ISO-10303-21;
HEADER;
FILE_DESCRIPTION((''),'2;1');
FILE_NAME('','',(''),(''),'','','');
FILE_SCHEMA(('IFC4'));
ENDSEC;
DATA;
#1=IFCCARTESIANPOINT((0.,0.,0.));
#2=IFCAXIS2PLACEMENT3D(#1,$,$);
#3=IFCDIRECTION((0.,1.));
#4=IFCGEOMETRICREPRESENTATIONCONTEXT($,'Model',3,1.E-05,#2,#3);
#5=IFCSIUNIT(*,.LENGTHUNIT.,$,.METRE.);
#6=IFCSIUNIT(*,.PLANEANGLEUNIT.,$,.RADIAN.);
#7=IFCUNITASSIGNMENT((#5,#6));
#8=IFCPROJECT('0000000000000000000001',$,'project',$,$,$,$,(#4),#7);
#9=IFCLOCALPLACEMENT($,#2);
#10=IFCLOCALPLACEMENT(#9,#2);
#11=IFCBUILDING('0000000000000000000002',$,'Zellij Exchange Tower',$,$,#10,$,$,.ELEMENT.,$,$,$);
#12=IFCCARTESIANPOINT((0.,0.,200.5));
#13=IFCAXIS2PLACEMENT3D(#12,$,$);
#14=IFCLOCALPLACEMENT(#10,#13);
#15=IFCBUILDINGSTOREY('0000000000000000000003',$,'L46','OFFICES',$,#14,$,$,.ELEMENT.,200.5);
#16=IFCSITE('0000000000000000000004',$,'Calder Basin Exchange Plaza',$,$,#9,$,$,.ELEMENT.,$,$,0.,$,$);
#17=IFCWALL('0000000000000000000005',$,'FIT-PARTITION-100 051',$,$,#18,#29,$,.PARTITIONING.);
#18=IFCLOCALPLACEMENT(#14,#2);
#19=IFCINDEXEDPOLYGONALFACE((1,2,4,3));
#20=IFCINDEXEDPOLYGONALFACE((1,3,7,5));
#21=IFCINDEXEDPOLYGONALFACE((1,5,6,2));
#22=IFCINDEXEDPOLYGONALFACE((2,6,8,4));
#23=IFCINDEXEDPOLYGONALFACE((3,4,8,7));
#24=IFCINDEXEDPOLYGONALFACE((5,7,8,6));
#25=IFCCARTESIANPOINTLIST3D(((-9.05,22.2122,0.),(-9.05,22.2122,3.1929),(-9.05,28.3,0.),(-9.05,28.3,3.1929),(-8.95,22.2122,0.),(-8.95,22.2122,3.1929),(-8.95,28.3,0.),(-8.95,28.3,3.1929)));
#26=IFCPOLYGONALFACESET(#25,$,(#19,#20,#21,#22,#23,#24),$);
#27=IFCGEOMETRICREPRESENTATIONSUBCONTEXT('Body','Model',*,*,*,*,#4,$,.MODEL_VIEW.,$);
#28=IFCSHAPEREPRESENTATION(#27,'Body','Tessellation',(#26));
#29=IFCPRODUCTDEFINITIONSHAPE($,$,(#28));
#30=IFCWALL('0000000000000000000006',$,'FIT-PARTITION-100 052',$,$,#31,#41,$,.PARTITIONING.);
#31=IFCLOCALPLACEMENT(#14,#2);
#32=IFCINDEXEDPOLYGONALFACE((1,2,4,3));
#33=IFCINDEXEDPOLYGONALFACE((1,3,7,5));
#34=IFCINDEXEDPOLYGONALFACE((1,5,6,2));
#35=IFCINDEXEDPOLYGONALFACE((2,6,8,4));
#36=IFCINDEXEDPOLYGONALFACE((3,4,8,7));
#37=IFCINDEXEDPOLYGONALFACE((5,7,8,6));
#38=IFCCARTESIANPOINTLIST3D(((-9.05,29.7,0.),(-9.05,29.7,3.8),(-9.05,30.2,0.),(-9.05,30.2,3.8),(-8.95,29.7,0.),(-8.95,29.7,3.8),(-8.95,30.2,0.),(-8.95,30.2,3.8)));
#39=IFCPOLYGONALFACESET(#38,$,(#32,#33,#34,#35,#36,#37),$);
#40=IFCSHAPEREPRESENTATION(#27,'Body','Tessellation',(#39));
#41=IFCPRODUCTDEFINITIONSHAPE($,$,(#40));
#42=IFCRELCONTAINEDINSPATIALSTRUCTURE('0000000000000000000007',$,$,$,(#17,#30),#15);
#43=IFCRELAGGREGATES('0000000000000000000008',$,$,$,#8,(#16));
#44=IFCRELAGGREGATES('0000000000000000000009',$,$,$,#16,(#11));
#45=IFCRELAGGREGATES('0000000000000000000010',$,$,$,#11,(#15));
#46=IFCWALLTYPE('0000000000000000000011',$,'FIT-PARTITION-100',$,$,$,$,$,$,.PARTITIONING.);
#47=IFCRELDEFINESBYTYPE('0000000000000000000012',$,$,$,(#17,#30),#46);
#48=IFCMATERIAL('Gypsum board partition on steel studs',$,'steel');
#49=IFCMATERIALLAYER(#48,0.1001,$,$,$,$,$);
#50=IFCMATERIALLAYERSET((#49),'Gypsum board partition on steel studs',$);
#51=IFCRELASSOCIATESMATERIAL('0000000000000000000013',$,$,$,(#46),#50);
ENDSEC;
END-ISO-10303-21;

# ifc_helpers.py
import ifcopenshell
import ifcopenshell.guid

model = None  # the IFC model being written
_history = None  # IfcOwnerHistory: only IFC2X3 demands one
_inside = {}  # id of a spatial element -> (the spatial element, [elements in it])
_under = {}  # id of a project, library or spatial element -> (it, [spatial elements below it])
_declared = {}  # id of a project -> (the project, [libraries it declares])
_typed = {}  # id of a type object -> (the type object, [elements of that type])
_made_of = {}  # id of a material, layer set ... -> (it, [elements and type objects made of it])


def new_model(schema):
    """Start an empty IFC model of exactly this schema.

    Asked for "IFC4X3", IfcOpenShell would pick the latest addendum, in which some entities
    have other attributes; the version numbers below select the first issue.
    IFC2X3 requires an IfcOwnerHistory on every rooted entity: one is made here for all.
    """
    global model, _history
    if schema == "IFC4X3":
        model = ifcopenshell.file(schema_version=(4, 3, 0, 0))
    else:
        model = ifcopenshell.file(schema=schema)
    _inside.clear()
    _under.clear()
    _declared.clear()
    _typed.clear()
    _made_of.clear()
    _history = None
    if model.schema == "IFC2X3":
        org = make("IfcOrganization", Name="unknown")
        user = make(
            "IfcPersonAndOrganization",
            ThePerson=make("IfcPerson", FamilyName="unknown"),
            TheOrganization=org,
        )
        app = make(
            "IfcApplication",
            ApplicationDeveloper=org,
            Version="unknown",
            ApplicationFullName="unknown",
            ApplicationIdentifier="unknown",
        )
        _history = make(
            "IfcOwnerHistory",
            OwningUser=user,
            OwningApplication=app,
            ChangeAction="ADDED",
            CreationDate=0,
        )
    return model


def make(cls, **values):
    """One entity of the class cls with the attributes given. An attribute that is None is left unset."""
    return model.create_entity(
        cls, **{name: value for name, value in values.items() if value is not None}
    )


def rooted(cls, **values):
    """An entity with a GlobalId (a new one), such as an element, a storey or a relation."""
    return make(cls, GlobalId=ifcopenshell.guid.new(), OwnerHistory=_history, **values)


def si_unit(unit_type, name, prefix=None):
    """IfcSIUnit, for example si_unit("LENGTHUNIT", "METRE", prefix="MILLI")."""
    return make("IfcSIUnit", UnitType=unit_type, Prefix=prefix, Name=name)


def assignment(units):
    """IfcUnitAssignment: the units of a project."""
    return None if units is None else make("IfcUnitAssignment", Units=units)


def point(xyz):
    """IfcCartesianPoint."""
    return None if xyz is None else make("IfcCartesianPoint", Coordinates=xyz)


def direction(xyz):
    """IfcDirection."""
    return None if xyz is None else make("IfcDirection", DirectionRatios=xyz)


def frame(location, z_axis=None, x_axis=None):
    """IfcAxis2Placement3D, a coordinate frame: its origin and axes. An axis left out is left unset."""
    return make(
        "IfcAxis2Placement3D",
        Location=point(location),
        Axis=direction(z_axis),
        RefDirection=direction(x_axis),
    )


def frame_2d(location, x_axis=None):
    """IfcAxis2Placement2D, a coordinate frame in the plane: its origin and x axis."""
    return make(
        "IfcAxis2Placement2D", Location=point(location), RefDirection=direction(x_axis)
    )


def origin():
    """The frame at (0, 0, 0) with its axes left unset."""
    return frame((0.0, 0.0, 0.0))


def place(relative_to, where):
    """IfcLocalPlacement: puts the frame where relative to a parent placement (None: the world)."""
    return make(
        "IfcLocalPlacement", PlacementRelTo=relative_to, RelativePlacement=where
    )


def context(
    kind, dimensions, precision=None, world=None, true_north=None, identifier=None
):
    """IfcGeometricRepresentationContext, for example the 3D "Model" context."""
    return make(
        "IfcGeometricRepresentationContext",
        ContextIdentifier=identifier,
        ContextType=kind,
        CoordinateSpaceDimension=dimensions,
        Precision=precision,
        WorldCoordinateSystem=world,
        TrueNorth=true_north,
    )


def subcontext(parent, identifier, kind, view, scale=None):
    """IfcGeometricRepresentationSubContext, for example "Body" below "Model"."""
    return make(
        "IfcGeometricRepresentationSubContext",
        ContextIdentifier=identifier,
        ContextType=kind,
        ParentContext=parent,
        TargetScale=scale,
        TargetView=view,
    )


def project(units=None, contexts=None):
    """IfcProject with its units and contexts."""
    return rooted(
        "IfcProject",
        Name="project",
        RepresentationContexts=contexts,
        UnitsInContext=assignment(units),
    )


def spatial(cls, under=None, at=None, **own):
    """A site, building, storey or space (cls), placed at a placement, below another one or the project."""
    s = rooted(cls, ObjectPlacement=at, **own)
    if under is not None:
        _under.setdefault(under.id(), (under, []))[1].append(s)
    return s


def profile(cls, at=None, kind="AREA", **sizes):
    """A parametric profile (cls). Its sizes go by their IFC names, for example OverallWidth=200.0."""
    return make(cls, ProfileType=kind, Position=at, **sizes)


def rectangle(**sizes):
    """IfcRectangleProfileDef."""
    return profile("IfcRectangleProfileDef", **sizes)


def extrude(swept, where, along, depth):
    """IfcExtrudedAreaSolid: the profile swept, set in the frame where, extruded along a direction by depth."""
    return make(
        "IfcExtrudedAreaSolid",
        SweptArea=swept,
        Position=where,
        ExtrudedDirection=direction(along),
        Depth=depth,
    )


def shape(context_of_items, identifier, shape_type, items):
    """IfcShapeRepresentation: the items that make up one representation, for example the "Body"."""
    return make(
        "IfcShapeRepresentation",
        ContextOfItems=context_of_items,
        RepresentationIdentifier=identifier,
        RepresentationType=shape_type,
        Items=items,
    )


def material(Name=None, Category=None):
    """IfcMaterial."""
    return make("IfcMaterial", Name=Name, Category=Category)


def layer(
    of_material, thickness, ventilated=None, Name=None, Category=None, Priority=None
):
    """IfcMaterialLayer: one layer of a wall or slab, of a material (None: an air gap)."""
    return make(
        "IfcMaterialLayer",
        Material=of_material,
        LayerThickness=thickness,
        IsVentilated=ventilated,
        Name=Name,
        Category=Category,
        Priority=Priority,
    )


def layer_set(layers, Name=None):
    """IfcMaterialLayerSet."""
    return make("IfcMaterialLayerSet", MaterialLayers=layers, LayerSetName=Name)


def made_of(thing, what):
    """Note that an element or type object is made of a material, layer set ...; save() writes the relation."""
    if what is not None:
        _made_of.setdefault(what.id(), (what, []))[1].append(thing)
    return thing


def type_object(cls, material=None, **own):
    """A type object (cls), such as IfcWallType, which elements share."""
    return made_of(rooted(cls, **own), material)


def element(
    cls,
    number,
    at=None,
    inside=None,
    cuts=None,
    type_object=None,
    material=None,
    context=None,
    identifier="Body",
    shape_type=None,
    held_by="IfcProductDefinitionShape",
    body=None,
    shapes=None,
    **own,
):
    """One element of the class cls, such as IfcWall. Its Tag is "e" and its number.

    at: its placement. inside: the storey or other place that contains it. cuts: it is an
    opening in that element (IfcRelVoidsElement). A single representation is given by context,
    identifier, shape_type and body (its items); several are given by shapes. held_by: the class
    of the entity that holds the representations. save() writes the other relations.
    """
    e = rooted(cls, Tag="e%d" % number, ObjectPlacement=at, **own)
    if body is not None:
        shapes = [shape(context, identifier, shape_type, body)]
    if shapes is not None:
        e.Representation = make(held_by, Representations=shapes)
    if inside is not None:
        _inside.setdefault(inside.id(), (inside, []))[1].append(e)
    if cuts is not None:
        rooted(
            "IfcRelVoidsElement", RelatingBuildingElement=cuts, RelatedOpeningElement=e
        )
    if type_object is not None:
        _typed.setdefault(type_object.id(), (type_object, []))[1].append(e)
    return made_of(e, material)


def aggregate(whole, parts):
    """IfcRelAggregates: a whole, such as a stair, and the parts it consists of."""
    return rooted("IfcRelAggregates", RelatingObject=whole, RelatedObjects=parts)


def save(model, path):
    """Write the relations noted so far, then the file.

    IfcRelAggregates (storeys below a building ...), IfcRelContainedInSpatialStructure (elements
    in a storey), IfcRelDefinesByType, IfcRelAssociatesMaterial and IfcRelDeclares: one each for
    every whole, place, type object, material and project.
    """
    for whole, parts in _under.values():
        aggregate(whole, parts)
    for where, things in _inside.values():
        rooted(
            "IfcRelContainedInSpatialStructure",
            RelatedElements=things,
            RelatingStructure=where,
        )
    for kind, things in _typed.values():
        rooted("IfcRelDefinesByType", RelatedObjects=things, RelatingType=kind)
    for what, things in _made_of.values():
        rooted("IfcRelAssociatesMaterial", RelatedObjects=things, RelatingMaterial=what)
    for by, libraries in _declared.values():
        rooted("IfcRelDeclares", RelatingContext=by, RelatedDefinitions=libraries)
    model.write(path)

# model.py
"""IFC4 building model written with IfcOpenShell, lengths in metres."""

from ifc_helpers import new_model, si_unit, direction, frame, frame_2d, origin, place, context, subcontext, project, spatial, rectangle, extrude, material, layer, layer_set, type_object, element, save


model = new_model("IFC4")

# Units and contexts
model_context = context("Model", 3, precision=1e-05, world=origin(), true_north=direction((0.0, 1.0)))
body_context = subcontext(model_context, "Body", "Model", "MODEL_VIEW")
ifc_project = project(units=[si_unit("LENGTHUNIT", "METRE"), si_unit("PLANEANGLEUNIT", "RADIAN")], contexts=[model_context])

# Site, building, storey
site_placement = place(None, origin())
site = spatial("IfcSite", under=ifc_project, at=site_placement, Name="Calder Basin Exchange Plaza", CompositionType="ELEMENT", RefElevation=0.0)
building_placement = place(site_placement, origin())
building = spatial("IfcBuilding", under=site, at=building_placement, Name="Zellij Exchange Tower", CompositionType="ELEMENT")
storey_placement = place(building_placement, frame((0.0, 0.0, 200.5)))
storey = spatial("IfcBuildingStorey", under=building, at=storey_placement, Name="L46", Description="OFFICES", CompositionType="ELEMENT", Elevation=200.5)

# Shared definitions
ifc_material_1 = material(Name="Gypsum board partition on steel studs", Category="steel")
ifc_layer = layer(ifc_material_1, 0.1001)
ifc_layer_set = layer_set([ifc_layer], Name="Gypsum board partition on steel studs")
wall_type = type_object("IfcWallType", Name="FIT-PARTITION-100", PredefinedType="PARTITIONING", material=ifc_layer_set)

# Walls
wall_1_placement = place(storey_placement, frame((-9.0, 22.2122, 0.0), z_axis=(0.0, 0.0, 1.0), x_axis=(0.0, 1.0, 0.0)))
element("IfcWall", 1, at=wall_1_placement, inside=storey, type_object=wall_type, Name="FIT-PARTITION-100 051", PredefinedType="PARTITIONING", context=body_context, shape_type="SweptSolid", body=[
    extrude(rectangle(XDim=6.0879, YDim=0.1001, at=frame_2d((3.0439, 0.0))), origin(), (0.0, 0.0, 1.0), 3.1929),
])
wall_2_placement = place(storey_placement, frame((-9.0, 29.7, 0.0), z_axis=(0.0, 0.0, 1.0), x_axis=(0.0, 1.0, 0.0)))
element("IfcWall", 2, at=wall_2_placement, inside=storey, type_object=wall_type, Name="FIT-PARTITION-100 052", PredefinedType="PARTITIONING", context=body_context, shape_type="SweptSolid", body=[
    extrude(rectangle(XDim=0.5, YDim=0.1001, at=frame_2d((0.25, 0.0))), origin(), (0.0, 0.0, 1.0), 3.8),
])

save(model, "model.ifc")
